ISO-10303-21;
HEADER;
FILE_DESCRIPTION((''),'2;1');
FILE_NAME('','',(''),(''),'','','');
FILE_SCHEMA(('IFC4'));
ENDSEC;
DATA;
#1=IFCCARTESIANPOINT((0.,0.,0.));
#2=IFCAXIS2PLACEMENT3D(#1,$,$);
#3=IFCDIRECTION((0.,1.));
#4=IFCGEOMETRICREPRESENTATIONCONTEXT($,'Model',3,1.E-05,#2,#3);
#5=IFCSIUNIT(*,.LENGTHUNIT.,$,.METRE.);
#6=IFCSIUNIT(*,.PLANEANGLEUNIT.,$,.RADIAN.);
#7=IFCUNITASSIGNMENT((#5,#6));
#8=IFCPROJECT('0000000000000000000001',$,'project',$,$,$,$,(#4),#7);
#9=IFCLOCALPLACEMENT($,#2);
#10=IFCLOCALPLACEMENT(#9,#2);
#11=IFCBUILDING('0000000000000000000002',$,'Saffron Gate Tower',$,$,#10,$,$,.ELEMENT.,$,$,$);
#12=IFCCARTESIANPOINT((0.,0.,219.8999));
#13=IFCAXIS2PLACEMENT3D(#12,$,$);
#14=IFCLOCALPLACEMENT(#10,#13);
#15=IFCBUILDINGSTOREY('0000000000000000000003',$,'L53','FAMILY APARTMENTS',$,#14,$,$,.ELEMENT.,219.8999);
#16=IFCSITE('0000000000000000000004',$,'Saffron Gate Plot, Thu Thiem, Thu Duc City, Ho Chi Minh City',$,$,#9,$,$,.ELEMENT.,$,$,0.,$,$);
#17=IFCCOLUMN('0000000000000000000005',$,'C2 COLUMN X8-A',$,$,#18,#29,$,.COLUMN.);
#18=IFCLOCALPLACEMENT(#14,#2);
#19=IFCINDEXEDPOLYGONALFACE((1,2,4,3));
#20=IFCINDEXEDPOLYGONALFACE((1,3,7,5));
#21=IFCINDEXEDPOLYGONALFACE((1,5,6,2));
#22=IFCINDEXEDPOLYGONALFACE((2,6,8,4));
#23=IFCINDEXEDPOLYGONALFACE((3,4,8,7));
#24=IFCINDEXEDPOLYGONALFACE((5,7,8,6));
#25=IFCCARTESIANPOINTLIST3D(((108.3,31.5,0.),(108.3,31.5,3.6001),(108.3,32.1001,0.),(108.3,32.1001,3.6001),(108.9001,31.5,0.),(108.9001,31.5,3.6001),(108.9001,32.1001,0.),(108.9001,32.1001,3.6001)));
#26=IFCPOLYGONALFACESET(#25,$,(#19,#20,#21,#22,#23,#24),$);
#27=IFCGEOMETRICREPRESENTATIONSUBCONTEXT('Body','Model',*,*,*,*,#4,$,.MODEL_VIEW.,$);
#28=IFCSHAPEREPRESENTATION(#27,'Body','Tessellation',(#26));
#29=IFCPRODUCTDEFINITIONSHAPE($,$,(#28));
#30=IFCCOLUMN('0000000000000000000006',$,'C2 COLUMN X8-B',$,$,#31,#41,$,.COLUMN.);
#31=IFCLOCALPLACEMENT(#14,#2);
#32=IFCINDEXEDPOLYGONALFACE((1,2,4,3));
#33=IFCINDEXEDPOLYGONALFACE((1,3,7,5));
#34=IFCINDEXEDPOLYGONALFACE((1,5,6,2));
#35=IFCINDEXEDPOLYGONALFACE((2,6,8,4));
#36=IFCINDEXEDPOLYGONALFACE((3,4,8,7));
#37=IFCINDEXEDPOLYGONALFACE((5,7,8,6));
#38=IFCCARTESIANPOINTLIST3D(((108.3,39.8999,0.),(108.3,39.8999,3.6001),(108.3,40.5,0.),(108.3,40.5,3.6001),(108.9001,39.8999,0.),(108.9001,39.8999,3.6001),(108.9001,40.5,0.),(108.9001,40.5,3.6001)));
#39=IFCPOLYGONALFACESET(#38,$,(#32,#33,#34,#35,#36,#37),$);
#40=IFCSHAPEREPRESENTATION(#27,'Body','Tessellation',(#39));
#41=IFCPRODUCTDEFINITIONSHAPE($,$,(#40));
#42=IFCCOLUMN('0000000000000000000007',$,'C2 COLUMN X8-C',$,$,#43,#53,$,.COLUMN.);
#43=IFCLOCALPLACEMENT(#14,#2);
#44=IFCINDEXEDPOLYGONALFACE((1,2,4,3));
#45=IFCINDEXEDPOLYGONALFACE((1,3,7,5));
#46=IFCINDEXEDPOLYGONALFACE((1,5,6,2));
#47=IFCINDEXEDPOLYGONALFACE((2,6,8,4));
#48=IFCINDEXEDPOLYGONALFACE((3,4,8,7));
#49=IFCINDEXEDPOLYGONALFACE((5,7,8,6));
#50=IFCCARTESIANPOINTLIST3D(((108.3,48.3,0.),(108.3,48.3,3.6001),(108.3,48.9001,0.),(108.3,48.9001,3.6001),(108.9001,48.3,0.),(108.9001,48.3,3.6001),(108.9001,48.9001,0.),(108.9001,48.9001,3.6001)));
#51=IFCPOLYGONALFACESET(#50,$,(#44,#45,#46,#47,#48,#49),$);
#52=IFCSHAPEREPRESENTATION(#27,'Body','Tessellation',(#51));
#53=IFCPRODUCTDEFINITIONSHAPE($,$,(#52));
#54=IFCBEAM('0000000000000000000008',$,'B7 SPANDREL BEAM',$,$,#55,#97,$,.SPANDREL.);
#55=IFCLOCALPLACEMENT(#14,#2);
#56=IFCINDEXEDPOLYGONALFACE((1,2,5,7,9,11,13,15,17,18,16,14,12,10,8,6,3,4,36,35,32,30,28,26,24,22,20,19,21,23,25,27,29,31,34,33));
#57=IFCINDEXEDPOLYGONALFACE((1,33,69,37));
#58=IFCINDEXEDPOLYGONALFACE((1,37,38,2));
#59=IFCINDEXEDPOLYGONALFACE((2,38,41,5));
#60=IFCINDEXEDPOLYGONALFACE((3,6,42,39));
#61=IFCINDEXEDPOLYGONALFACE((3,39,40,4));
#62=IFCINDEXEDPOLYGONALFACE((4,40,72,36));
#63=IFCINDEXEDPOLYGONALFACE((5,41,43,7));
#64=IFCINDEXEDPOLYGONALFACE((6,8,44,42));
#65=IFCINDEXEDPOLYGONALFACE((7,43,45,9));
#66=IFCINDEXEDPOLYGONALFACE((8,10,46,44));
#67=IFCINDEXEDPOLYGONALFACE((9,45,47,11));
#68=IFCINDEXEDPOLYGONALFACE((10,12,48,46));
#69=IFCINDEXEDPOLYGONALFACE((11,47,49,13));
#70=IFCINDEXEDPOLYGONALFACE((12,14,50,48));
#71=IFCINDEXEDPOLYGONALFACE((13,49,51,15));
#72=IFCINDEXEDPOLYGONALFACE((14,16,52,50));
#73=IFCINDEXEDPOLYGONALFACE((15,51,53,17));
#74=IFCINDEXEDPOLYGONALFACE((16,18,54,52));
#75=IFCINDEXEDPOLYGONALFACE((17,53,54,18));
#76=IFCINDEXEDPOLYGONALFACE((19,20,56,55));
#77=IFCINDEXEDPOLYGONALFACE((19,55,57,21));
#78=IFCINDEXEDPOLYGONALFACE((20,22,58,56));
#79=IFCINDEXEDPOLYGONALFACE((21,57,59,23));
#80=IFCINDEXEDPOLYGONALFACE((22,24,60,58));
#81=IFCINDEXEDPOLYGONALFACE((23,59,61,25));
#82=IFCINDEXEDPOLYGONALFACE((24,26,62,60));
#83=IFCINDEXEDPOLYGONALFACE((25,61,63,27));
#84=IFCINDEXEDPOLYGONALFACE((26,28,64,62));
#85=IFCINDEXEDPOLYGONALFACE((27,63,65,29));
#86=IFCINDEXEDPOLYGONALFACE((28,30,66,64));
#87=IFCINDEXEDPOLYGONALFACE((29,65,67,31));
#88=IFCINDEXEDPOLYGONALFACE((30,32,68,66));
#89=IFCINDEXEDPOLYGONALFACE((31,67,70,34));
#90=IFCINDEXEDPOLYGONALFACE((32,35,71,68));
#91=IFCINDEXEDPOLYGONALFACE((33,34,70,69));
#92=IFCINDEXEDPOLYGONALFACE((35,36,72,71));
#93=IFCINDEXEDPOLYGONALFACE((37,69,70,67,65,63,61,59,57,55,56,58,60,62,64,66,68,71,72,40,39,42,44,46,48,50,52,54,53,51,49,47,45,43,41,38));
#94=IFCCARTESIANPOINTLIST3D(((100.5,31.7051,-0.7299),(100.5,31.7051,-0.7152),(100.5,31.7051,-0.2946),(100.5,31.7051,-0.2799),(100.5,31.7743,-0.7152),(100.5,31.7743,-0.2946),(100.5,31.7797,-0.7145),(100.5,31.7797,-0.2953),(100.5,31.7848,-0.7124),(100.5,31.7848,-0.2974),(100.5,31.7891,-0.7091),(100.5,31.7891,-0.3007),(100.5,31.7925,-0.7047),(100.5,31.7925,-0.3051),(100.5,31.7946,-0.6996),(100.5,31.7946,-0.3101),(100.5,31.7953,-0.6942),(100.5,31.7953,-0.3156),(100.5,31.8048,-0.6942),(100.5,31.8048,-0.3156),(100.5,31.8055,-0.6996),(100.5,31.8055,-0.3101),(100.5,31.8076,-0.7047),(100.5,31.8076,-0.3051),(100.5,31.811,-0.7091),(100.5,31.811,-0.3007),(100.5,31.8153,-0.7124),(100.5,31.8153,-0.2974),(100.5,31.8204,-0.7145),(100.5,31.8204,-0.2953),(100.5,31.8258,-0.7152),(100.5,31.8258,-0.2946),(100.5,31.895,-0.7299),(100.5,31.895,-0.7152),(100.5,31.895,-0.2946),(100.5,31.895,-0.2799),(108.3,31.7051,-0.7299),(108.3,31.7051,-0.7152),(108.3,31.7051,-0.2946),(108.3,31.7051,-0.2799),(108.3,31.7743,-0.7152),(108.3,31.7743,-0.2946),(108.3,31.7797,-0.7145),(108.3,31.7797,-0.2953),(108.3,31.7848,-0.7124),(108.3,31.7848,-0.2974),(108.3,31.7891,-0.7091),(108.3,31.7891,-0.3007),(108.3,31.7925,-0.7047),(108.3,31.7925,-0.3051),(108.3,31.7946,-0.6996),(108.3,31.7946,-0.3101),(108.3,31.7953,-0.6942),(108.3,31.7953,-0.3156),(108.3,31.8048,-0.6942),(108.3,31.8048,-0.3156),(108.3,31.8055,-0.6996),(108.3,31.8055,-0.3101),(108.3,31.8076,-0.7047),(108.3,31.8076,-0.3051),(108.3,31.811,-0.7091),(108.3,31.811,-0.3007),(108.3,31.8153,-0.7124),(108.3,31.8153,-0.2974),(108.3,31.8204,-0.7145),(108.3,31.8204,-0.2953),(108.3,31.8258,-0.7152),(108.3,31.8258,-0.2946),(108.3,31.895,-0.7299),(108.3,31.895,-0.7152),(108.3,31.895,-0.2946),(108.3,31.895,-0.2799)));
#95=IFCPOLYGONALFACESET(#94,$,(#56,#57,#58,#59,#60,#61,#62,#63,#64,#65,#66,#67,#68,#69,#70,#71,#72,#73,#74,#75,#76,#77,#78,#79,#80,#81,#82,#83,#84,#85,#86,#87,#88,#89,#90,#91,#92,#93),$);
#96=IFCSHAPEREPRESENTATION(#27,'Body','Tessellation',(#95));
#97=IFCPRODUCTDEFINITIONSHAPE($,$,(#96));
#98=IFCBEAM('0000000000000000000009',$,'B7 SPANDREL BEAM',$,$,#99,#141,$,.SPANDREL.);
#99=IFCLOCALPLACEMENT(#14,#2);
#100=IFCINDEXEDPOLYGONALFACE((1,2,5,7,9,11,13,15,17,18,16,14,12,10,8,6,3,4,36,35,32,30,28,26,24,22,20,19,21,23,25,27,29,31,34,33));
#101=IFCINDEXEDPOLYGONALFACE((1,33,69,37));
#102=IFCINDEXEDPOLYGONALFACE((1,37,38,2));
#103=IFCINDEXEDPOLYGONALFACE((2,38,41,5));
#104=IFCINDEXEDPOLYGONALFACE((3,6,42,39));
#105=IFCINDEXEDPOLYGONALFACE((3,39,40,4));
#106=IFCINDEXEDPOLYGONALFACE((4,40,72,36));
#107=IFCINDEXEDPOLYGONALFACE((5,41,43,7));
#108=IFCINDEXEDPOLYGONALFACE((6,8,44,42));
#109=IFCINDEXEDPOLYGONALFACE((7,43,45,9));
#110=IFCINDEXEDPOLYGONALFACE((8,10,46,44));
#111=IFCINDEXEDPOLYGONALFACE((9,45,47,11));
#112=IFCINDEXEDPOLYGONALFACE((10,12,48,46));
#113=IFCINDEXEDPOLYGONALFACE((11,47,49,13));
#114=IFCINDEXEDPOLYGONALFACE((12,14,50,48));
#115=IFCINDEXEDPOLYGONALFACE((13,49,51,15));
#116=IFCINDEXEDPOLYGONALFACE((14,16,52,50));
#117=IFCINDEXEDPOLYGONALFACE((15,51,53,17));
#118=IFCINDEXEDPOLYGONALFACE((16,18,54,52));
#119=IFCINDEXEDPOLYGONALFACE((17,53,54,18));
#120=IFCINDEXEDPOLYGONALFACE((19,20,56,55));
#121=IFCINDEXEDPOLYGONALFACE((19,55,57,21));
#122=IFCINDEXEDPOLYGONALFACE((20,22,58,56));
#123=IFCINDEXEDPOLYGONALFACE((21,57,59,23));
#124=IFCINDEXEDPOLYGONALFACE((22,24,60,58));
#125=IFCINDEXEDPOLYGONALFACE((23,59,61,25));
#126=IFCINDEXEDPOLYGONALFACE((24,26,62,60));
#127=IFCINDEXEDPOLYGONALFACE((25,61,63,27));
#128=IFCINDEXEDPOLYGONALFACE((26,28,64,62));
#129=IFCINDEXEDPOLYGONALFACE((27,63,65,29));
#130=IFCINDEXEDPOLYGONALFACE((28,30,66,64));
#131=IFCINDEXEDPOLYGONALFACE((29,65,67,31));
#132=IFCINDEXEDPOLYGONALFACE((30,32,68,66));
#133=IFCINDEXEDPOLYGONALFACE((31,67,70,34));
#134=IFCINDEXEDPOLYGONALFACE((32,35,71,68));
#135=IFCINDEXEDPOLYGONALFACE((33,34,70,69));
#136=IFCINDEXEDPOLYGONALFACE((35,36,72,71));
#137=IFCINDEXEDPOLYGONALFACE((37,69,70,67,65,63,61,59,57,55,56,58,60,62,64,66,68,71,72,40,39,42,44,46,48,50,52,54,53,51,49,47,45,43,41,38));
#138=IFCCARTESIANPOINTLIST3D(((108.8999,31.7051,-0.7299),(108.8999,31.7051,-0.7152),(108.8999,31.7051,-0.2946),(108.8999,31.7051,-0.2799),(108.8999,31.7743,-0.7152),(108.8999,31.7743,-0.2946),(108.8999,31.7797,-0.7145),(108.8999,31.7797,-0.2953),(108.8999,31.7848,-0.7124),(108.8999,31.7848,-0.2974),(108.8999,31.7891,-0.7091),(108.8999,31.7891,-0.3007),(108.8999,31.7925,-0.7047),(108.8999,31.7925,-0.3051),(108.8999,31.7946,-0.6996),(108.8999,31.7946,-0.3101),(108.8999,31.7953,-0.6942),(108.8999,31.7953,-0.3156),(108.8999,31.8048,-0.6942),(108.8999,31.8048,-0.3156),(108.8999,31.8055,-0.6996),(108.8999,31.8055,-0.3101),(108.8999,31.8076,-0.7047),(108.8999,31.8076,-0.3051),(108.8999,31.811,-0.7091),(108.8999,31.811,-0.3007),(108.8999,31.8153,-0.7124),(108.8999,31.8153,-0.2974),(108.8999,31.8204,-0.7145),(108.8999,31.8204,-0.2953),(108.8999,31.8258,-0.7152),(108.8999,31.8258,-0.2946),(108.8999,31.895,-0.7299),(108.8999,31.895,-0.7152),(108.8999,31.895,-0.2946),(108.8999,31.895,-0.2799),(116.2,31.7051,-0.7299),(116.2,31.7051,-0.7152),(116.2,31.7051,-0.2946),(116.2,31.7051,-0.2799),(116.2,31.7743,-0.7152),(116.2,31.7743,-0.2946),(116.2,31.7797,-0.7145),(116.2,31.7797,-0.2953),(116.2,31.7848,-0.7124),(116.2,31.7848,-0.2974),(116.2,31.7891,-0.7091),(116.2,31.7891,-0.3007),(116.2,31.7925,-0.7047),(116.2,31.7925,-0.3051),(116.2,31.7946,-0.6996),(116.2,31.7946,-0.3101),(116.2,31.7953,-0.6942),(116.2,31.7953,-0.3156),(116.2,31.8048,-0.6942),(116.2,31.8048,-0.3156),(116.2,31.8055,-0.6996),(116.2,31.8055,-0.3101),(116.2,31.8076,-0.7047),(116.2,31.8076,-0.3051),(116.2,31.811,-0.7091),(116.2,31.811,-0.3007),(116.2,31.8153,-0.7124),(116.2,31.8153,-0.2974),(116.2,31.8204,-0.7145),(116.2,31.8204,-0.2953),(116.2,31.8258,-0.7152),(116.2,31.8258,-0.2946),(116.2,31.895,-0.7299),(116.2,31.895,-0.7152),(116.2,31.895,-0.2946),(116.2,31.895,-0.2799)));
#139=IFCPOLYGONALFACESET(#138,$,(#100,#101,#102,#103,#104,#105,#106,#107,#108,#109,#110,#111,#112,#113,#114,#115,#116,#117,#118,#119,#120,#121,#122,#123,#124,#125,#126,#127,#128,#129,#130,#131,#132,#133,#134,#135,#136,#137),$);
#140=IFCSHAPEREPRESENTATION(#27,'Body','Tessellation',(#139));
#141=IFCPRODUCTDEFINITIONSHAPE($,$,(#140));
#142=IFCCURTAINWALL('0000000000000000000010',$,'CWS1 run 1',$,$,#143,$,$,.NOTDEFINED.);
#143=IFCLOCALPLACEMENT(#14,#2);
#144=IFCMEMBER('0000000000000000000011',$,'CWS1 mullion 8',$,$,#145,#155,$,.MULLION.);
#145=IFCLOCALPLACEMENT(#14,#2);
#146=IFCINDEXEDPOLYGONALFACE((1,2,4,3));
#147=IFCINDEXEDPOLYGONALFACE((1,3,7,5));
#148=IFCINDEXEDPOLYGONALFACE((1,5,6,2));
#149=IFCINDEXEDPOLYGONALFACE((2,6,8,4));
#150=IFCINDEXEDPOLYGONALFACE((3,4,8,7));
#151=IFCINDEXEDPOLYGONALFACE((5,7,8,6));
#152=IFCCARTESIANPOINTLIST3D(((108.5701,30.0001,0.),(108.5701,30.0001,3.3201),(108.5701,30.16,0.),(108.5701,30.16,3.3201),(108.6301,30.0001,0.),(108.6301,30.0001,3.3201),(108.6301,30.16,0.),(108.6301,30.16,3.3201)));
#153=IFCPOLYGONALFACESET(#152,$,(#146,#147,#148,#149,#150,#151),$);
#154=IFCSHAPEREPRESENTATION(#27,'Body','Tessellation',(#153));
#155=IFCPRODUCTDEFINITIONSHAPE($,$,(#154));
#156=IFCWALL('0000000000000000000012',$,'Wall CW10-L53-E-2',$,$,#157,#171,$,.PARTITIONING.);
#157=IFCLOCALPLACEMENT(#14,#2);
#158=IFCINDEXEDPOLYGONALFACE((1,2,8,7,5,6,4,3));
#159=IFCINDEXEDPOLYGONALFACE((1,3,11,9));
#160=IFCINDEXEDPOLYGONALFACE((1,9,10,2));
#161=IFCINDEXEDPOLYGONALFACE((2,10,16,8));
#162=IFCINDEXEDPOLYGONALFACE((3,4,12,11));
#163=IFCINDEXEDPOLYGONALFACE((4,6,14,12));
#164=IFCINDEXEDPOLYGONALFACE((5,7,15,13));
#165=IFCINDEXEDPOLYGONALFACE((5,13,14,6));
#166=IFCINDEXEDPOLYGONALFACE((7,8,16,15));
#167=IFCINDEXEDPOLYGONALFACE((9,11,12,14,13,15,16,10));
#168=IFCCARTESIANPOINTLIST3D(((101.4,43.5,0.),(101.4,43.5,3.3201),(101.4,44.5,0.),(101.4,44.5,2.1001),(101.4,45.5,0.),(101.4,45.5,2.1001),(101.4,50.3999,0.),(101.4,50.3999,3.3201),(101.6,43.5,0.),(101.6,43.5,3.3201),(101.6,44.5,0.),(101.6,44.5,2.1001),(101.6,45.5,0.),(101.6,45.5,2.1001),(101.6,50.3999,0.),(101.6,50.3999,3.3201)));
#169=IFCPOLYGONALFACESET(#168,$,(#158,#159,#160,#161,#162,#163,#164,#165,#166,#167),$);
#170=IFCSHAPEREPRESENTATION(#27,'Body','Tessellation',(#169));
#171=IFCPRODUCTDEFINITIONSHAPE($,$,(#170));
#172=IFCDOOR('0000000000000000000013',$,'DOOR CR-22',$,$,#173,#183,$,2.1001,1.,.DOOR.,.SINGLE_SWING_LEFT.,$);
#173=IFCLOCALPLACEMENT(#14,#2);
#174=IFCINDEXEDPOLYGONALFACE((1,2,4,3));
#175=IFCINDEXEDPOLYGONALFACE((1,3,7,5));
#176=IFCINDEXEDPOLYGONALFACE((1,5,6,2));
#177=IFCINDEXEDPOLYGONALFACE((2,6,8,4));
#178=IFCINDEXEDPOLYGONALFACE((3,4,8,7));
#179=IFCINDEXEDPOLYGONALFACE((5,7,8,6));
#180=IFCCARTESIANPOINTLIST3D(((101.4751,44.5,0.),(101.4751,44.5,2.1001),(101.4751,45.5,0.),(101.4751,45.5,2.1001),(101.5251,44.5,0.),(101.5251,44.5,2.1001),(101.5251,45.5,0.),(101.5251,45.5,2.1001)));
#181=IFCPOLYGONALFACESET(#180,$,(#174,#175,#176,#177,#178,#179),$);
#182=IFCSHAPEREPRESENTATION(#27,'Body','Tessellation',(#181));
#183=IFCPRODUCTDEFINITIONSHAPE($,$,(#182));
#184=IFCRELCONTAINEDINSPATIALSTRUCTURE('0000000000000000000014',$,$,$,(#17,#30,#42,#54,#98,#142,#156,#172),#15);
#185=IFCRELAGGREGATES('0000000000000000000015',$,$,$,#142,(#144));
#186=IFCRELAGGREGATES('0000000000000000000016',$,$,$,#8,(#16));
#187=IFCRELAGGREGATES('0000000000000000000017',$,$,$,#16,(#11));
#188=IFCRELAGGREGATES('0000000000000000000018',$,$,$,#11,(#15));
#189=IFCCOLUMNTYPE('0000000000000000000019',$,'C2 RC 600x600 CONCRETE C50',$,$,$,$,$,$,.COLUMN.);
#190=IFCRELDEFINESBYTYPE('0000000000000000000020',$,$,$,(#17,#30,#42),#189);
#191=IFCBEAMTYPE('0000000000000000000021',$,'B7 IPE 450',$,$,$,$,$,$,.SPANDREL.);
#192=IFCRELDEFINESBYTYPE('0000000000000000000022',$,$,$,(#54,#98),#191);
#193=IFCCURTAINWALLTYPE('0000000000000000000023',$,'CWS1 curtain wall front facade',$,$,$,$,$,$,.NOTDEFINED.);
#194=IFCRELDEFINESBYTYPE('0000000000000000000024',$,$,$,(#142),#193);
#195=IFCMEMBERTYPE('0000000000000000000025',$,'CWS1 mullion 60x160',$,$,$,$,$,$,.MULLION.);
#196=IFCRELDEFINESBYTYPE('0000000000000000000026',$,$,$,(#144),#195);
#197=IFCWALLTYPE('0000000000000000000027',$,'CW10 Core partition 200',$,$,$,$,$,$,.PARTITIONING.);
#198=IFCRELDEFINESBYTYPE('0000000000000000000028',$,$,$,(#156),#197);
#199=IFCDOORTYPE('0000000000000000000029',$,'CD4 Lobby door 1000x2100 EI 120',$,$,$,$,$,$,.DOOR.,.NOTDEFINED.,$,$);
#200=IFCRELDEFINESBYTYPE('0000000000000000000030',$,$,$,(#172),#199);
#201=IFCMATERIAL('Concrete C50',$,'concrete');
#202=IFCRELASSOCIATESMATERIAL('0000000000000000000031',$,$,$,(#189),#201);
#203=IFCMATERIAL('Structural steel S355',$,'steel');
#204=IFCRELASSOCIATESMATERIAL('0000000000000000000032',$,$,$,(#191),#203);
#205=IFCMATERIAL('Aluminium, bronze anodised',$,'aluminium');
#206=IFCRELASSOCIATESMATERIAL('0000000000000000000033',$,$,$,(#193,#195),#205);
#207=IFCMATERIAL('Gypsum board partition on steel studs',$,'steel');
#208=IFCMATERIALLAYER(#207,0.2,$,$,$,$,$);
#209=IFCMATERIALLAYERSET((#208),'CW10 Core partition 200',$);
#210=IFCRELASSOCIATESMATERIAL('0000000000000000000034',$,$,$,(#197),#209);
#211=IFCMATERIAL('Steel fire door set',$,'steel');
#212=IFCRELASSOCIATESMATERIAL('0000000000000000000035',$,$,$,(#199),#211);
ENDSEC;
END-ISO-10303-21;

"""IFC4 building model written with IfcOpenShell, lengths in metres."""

from ifc_helpers import new_model, si_unit, direction, frame, frame_2d, origin, origin_2d, place, context, subcontext, project, spatial, rectangle, i_section, extrude, material, layer, layer_set, material_profile, profile_set, type_object, element, fill, aggregate, save


model = new_model("IFC4")

# Units and contexts
model_context = context("Model", 3, precision=1e-05, world=origin(), true_north=direction((0.0, 1.0)))
body_context = subcontext(model_context, "Body", "Model", "MODEL_VIEW")
ifc_project = project(units=[si_unit("LENGTHUNIT", "METRE"), si_unit("PLANEANGLEUNIT", "RADIAN")], contexts=[model_context])

# Site, building, storey
site_placement = place(None, origin())
site = spatial("IfcSite", under=ifc_project, at=site_placement, Name="Saffron Gate Plot, Thu Thiem, Thu Duc City, Ho Chi Minh City", CompositionType="ELEMENT", RefElevation=0.0)
building_placement = place(site_placement, origin())
building = spatial("IfcBuilding", under=site, at=building_placement, Name="Saffron Gate Tower", CompositionType="ELEMENT")
storey_placement = place(building_placement, frame((0.0, 0.0, 219.8999)))
storey = spatial("IfcBuildingStorey", under=building, at=storey_placement, Name="L53", Description="FAMILY APARTMENTS", CompositionType="ELEMENT", Elevation=219.8999)

# Columns
ifc_material_1 = material(Name="Concrete C50", Category="concrete")
ifc_material_profile_1 = material_profile(ifc_material_1, rectangle(XDim=0.6001, YDim=0.6001, at=origin_2d()))
ifc_profile_set_1 = profile_set([ifc_material_profile_1], Name="Concrete C50")
column_type = type_object("IfcColumnType", Name="C2 RC 600x600 CONCRETE C50", PredefinedType="COLUMN", material=ifc_profile_set_1)
for number, where, z_axis, x_axis, name in (
    (1, (108.6001, 31.8, 0.0), (0.0, 0.0, 1.0), (1.0, 0.0, 0.0), "C2 COLUMN X8-A"),
    (2, (108.6001, 40.2, 0.0), (0.0, 0.0, 1.0), (1.0, 0.0, 0.0), "C2 COLUMN X8-B"),
    (3, (108.6001, 48.6001, 0.0), (0.0, 0.0, 1.0), (1.0, 0.0, 0.0), "C2 COLUMN X8-C"),
):
    element("IfcColumn", number, at=place(storey_placement, frame(where, z_axis=z_axis, x_axis=x_axis)), inside=storey, type_object=column_type, Name=name, PredefinedType="COLUMN", context=body_context, shape_type="SweptSolid", body=[
        extrude(rectangle(XDim=0.6001, YDim=0.6001, at=origin_2d()), origin(), (0.0, 0.0, 1.0), 3.6001),
    ])

# Beams
ifc_material_2 = material(Name="Structural steel S355", Category="steel")
ifc_material_profile_2 = material_profile(ifc_material_2, i_section(OverallWidth=0.1899, OverallDepth=0.45, WebThickness=0.0095, FlangeThickness=0.0146, FilletRadius=0.021, at=origin_2d()))
ifc_profile_set_2 = profile_set([ifc_material_profile_2], Name="Structural steel S355")
beam_type = type_object("IfcBeamType", Name="B7 IPE 450", PredefinedType="SPANDREL", material=ifc_profile_set_2)
beam_1_placement = place(storey_placement, frame((100.5, 31.8, -0.5049), z_axis=(1.0, 0.0, 0.0), x_axis=(0.0, 1.0, 0.0)))
element("IfcBeam", 4, at=beam_1_placement, inside=storey, type_object=beam_type, Name="B7 SPANDREL BEAM", PredefinedType="SPANDREL", context=body_context, shape_type="SweptSolid", body=[
    extrude(i_section(OverallWidth=0.1899, OverallDepth=0.45, WebThickness=0.0095, FlangeThickness=0.0146, FilletRadius=0.021, at=origin_2d()), origin(), (0.0, 0.0, 1.0), 7.8),
])
beam_2_placement = place(storey_placement, frame((108.8999, 31.8, -0.5049), z_axis=(1.0, 0.0, 0.0), x_axis=(0.0, 1.0, 0.0)))
element("IfcBeam", 5, at=beam_2_placement, inside=storey, type_object=beam_type, Name="B7 SPANDREL BEAM", PredefinedType="SPANDREL", context=body_context, shape_type="SweptSolid", body=[
    extrude(i_section(OverallWidth=0.1899, OverallDepth=0.45, WebThickness=0.0095, FlangeThickness=0.0146, FilletRadius=0.021, at=origin_2d()), origin(), (0.0, 0.0, 1.0), 7.3),
])

# Curtain wall, member
ifc_material_3 = material(Name="Aluminium, bronze anodised", Category="aluminium")
curtain_wall_type = type_object("IfcCurtainWallType", Name="CWS1 curtain wall front facade", PredefinedType="NOTDEFINED", material=ifc_material_3)
curtain_wall_placement = place(storey_placement, origin())
curtain_wall = element("IfcCurtainWall", 6, at=curtain_wall_placement, inside=storey, type_object=curtain_wall_type, Name="CWS1 run 1", PredefinedType="NOTDEFINED")
ifc_material_profile_3 = material_profile(ifc_material_3, rectangle(XDim=0.1599, YDim=0.0601, at=origin_2d()))
ifc_profile_set_3 = profile_set([ifc_material_profile_3], Name="Aluminium, bronze anodised")
member_type = type_object("IfcMemberType", Name="CWS1 mullion 60x160", PredefinedType="MULLION", material=ifc_profile_set_3)
member_placement = place(storey_placement, frame((108.6001, 30.0801, 0.0), z_axis=(0.0, 0.0, 1.0), x_axis=(0.0, 1.0, 0.0)))
member = element("IfcMember", 7, at=member_placement, type_object=member_type, Name="CWS1 mullion 8", PredefinedType="MULLION", context=body_context, shape_type="SweptSolid", body=[
    extrude(rectangle(XDim=0.1599, YDim=0.0601, at=origin_2d()), origin(), (0.0, 0.0, 1.0), 3.3201),
])
aggregate(curtain_wall, [member])

# Wall, opening, door
ifc_material_4 = material(Name="Gypsum board partition on steel studs", Category="steel")
ifc_layer_1 = layer(ifc_material_4, 0.2)
ifc_layer_set_1 = layer_set([ifc_layer_1], Name="CW10 Core partition 200")
wall_type_1 = type_object("IfcWallType", Name="CW10 Core partition 200", PredefinedType="PARTITIONING", material=ifc_layer_set_1)
wall_1_placement = place(storey_placement, frame((101.5, 43.5, 0.0), z_axis=(0.0, 0.0, 1.0), x_axis=(0.0, 1.0, 0.0)))
wall_1 = element("IfcWall", 8, at=wall_1_placement, inside=storey, type_object=wall_type_1, Name="Wall CW10-L53-E-2", PredefinedType="PARTITIONING", context=body_context, shape_type="SweptSolid", body=[
    extrude(rectangle(XDim=6.8999, YDim=0.2, at=frame_2d((3.45, 0.0))), origin(), (0.0, 0.0, 1.0), 3.3201),
])
opening_1_placement = place(wall_1_placement, frame((1.0, 0.0, 0.0)))
opening_1 = element("IfcOpeningElement", 9, at=opening_1_placement, cuts=wall_1, PredefinedType="OPENING", context=body_context, shape_type="SweptSolid", body=[
    extrude(rectangle(XDim=1.0, YDim=2.1001, at=frame_2d((0.5, 1.05))), frame((0.0, 0.1099, 0.0), z_axis=(0.0, -1.0, 0.0), x_axis=(1.0, 0.0, 0.0)), (0.0, 0.0, 1.0), 0.22),
])
ifc_material_5 = material(Name="Steel fire door set", Category="steel")
door_type_1 = type_object("IfcDoorType", Name="CD4 Lobby door 1000x2100 EI 120", OperationType="NOTDEFINED", PredefinedType="DOOR", material=ifc_material_5)
door_1_placement = place(opening_1_placement, origin())
door_1 = element("IfcDoor", 10, at=door_1_placement, inside=storey, type_object=door_type_1, Name="DOOR CR-22", OperationType="SINGLE_SWING_LEFT", OverallHeight=2.1001, OverallWidth=1.0, PredefinedType="DOOR", context=body_context, shape_type="SweptSolid", body=[
    extrude(rectangle(XDim=1.0, YDim=2.1001, at=frame_2d((0.5, 1.05))), frame((0.0, 0.0249, 0.0), z_axis=(0.0, -1.0, 0.0), x_axis=(1.0, 0.0, 0.0)), (0.0, 0.0, 1.0), 0.05),
])
fill(opening_1, door_1)

save(model, "model.ifc")
